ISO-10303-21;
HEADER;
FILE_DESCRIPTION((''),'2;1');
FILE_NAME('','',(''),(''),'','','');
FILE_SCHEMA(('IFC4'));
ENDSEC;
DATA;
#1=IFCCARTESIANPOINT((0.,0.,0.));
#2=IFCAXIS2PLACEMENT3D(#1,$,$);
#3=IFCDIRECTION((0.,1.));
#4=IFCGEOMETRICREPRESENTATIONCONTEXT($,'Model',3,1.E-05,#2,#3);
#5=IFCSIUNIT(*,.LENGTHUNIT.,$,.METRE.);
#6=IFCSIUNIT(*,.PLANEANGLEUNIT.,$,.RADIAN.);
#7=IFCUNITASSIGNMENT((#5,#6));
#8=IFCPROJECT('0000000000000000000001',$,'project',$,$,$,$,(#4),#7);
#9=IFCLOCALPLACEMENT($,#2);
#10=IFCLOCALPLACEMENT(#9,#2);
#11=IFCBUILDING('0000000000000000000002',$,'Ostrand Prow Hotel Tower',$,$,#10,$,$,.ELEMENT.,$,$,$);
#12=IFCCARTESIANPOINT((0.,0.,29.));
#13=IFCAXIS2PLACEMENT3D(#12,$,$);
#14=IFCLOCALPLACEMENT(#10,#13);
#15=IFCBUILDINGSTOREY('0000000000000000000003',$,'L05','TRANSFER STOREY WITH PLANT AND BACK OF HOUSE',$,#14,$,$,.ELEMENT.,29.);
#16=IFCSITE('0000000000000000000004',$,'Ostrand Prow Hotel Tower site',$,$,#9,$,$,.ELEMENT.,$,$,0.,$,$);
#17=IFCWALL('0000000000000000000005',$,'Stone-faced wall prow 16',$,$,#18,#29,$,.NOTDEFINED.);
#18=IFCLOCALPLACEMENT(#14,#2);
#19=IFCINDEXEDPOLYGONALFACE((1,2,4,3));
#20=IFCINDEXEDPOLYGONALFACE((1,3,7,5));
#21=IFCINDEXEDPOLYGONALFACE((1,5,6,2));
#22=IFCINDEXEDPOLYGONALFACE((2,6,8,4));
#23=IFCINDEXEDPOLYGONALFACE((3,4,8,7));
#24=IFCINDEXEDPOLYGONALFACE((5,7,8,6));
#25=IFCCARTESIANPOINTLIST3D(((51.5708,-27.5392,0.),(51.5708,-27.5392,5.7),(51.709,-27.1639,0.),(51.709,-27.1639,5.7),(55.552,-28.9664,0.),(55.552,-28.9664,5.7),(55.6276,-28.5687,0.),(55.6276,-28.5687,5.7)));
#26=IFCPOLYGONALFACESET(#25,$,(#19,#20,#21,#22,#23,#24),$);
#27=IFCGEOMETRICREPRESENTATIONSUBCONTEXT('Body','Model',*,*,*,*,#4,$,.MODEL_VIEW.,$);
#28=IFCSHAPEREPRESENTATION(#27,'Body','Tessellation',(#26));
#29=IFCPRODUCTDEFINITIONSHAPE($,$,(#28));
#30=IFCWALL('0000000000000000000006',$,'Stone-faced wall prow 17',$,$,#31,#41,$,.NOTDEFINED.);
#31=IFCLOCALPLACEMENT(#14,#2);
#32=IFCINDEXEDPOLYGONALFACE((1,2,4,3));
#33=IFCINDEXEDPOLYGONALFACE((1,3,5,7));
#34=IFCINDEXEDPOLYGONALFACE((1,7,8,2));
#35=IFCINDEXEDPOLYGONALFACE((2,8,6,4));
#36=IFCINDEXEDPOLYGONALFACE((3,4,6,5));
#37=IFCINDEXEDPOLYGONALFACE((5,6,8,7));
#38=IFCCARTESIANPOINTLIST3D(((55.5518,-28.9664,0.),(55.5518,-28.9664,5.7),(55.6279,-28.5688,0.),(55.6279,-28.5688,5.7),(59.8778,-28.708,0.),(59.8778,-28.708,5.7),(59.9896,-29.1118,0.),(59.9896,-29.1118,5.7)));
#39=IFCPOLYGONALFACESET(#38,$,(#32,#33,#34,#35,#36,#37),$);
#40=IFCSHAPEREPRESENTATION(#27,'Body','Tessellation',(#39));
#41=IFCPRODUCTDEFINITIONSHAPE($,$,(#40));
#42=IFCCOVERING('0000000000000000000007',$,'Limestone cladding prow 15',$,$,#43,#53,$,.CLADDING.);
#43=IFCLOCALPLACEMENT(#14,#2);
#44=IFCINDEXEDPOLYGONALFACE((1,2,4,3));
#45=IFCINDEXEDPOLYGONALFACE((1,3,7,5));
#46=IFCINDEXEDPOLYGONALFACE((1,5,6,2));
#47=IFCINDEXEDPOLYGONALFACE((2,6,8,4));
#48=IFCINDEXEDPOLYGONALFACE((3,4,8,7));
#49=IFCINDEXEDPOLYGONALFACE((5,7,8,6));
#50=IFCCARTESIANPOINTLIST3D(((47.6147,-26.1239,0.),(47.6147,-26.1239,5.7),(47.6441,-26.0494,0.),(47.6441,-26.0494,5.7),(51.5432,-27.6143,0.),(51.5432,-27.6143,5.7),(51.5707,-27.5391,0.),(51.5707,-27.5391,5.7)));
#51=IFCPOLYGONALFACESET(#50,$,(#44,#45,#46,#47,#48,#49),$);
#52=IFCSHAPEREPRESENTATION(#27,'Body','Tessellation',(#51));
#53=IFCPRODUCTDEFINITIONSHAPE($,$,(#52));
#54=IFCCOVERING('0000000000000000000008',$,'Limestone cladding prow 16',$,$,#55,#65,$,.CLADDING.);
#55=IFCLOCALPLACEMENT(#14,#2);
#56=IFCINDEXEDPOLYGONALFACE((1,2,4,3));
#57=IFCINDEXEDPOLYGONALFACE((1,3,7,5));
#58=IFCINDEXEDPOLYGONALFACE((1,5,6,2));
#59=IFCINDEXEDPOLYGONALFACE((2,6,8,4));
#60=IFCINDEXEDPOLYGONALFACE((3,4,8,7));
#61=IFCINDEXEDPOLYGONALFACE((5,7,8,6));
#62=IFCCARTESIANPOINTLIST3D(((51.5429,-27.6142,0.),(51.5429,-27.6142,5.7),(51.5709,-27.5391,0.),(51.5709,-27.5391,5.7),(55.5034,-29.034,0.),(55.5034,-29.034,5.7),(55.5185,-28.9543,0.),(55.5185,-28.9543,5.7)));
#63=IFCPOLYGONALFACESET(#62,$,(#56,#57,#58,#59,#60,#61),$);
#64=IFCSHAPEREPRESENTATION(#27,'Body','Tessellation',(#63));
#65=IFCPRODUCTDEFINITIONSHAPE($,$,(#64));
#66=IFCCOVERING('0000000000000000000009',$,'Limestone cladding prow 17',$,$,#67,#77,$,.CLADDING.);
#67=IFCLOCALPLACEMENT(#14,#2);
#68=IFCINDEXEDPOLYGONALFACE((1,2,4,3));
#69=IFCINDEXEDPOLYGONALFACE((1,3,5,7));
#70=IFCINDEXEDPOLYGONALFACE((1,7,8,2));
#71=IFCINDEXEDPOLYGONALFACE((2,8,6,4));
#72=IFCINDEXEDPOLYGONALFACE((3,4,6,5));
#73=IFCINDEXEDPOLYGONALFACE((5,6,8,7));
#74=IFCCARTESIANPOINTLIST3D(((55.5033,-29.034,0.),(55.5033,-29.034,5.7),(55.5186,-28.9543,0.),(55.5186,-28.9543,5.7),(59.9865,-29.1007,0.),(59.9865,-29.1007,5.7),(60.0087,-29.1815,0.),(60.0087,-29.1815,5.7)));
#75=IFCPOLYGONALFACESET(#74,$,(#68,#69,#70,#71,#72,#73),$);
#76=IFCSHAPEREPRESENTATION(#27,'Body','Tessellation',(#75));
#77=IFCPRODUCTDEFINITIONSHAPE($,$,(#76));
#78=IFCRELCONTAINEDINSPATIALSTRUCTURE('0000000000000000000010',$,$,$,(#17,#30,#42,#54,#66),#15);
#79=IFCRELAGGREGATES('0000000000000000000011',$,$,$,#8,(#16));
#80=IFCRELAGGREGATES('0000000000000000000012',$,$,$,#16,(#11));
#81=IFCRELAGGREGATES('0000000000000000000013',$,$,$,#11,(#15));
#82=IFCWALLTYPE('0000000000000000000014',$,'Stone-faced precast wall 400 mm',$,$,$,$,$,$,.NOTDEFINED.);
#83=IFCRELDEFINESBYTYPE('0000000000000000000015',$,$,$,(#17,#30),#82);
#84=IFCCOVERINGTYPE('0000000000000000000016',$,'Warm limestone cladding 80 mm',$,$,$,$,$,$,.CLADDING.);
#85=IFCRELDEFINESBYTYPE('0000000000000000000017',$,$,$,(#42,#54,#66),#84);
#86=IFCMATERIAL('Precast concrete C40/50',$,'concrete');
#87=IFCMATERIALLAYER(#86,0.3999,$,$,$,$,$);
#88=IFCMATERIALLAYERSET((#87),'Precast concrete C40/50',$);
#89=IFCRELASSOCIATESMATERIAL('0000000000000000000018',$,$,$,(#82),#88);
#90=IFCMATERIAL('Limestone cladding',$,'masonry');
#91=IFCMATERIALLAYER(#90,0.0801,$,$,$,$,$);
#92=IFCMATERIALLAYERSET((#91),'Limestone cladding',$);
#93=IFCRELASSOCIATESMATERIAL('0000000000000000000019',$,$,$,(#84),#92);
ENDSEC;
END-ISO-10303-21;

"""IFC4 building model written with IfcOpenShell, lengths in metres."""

from ifc_helpers import new_model, si_unit, direction, frame, origin, place, context, subcontext, project, spatial, polyline, outline, extrude, material, layer, layer_set, type_object, element, save


model = new_model("IFC4")

# Units and contexts
model_context = context("Model", 3, precision=1e-05, world=origin(), true_north=direction((0.0, 1.0)))
body_context = subcontext(model_context, "Body", "Model", "MODEL_VIEW")
ifc_project = project(units=[si_unit("LENGTHUNIT", "METRE"), si_unit("PLANEANGLEUNIT", "RADIAN")], contexts=[model_context])

# Site, building, storey
site_placement = place(None, origin())
site = spatial("IfcSite", under=ifc_project, at=site_placement, Name="Ostrand Prow Hotel Tower site", CompositionType="ELEMENT", RefElevation=0.0)
building_placement = place(site_placement, origin())
building = spatial("IfcBuilding", under=site, at=building_placement, Name="Ostrand Prow Hotel Tower", CompositionType="ELEMENT")
storey_placement = place(building_placement, frame((0.0, 0.0, 29.0)))
storey = spatial("IfcBuildingStorey", under=building, at=storey_placement, Name="L05", Description="TRANSFER STOREY WITH PLANT AND BACK OF HOUSE", CompositionType="ELEMENT", Elevation=29.0)

# Walls
ifc_material_1 = material(Name="Precast concrete C40/50", Category="concrete")
ifc_layer_1 = layer(ifc_material_1, 0.3999)
ifc_layer_set_1 = layer_set([ifc_layer_1], Name="Precast concrete C40/50")
wall_type_1 = type_object("IfcWallType", Name="Stone-faced precast wall 400 mm", PredefinedType="NOTDEFINED", material=ifc_layer_set_1)
wall_1_placement = place(storey_placement, frame((51.6399, -27.3516, 0.0), z_axis=(0.0, 0.0, 1.0), x_axis=(0.94134, -0.33746, 0.0)))
element("IfcWall", 1, at=wall_1_placement, inside=storey, type_object=wall_type_1, Name="Stone-faced wall prow 16", PredefinedType="NOTDEFINED", context=body_context, shape_type="SweptSolid", body=[
    extrude(outline(polyline([(-0.0017, -0.2), (4.2275, -0.2), (4.1646, 0.2), (0.0017, 0.2), (-0.0017, -0.2)])), origin(), (0.0, 0.0, 1.0), 5.7),
])
wall_2_placement = place(storey_placement, frame((55.5898, -28.7676, 0.0), z_axis=(0.0, 0.0, 1.0), x_axis=(0.999464, -0.03275, 0.0)))
element("IfcWall", 2, at=wall_2_placement, inside=storey, type_object=wall_type_1, Name="Stone-faced wall prow 17", PredefinedType="NOTDEFINED", context=body_context, shape_type="SweptSolid", body=[
    extrude(outline(polyline([(-0.0315, -0.2), (4.4087, -0.2), (4.2837, 0.2), (0.0315, 0.2), (-0.0315, -0.2)])), origin(), (0.0, 0.0, 1.0), 5.7),
])

# Coverings
ifc_material_2 = material(Name="Limestone cladding", Category="masonry")
ifc_layer_2 = layer(ifc_material_2, 0.0801)
ifc_layer_set_2 = layer_set([ifc_layer_2], Name="Limestone cladding")
covering_type = type_object("IfcCoveringType", Name="Warm limestone cladding 80 mm", PredefinedType="CLADDING", material=ifc_layer_set_2)
covering_1_placement = place(storey_placement, frame((47.6294, -26.0867, 0.0), z_axis=(0.0, 0.0, 1.0), x_axis=(0.934978, -0.354707, 0.0)))
element("IfcCovering", 3, at=covering_1_placement, inside=storey, type_object=covering_type, Name="Limestone cladding prow 15", PredefinedType="CLADDING", context=body_context, shape_type="SweptSolid", body=[
    extrude(outline(polyline([(-0.0005, -0.04), (4.2012, -0.04), (4.2002, 0.04), (0.0005, 0.04), (-0.0005, -0.04)])), origin(), (0.0, 0.0, 1.0), 5.7),
])
covering_2_placement = place(storey_placement, frame((51.5569, -27.5767, 0.0), z_axis=(0.0, 0.0, 1.0), x_axis=(0.941341, -0.337455, 0.0)))
element("IfcCovering", 4, at=covering_2_placement, inside=storey, type_object=covering_type, Name="Limestone cladding prow 16", PredefinedType="CLADDING", context=body_context, shape_type="SweptSolid", body=[
    extrude(outline(polyline([(-0.0005, -0.04), (4.2068, -0.04), (4.1941, 0.04), (0.0005, 0.04), (-0.0005, -0.04)])), origin(), (0.0, 0.0, 1.0), 5.7),
])
covering_3_placement = place(storey_placement, frame((55.511, -28.9941, 0.0), z_axis=(0.0, 0.0, 1.0), x_axis=(0.999464, -0.032741, 0.0)))
element("IfcCovering", 5, at=covering_3_placement, inside=storey, type_object=covering_type, Name="Limestone cladding prow 17", PredefinedType="CLADDING", context=body_context, shape_type="SweptSolid", body=[
    extrude(outline(polyline([(-0.0063, -0.04), (4.5015, -0.04), (4.4766, 0.04), (0.0063, 0.04), (-0.0063, -0.04)])), origin(), (0.0, 0.0, 1.0), 5.7),
])

save(model, "model.ifc")
